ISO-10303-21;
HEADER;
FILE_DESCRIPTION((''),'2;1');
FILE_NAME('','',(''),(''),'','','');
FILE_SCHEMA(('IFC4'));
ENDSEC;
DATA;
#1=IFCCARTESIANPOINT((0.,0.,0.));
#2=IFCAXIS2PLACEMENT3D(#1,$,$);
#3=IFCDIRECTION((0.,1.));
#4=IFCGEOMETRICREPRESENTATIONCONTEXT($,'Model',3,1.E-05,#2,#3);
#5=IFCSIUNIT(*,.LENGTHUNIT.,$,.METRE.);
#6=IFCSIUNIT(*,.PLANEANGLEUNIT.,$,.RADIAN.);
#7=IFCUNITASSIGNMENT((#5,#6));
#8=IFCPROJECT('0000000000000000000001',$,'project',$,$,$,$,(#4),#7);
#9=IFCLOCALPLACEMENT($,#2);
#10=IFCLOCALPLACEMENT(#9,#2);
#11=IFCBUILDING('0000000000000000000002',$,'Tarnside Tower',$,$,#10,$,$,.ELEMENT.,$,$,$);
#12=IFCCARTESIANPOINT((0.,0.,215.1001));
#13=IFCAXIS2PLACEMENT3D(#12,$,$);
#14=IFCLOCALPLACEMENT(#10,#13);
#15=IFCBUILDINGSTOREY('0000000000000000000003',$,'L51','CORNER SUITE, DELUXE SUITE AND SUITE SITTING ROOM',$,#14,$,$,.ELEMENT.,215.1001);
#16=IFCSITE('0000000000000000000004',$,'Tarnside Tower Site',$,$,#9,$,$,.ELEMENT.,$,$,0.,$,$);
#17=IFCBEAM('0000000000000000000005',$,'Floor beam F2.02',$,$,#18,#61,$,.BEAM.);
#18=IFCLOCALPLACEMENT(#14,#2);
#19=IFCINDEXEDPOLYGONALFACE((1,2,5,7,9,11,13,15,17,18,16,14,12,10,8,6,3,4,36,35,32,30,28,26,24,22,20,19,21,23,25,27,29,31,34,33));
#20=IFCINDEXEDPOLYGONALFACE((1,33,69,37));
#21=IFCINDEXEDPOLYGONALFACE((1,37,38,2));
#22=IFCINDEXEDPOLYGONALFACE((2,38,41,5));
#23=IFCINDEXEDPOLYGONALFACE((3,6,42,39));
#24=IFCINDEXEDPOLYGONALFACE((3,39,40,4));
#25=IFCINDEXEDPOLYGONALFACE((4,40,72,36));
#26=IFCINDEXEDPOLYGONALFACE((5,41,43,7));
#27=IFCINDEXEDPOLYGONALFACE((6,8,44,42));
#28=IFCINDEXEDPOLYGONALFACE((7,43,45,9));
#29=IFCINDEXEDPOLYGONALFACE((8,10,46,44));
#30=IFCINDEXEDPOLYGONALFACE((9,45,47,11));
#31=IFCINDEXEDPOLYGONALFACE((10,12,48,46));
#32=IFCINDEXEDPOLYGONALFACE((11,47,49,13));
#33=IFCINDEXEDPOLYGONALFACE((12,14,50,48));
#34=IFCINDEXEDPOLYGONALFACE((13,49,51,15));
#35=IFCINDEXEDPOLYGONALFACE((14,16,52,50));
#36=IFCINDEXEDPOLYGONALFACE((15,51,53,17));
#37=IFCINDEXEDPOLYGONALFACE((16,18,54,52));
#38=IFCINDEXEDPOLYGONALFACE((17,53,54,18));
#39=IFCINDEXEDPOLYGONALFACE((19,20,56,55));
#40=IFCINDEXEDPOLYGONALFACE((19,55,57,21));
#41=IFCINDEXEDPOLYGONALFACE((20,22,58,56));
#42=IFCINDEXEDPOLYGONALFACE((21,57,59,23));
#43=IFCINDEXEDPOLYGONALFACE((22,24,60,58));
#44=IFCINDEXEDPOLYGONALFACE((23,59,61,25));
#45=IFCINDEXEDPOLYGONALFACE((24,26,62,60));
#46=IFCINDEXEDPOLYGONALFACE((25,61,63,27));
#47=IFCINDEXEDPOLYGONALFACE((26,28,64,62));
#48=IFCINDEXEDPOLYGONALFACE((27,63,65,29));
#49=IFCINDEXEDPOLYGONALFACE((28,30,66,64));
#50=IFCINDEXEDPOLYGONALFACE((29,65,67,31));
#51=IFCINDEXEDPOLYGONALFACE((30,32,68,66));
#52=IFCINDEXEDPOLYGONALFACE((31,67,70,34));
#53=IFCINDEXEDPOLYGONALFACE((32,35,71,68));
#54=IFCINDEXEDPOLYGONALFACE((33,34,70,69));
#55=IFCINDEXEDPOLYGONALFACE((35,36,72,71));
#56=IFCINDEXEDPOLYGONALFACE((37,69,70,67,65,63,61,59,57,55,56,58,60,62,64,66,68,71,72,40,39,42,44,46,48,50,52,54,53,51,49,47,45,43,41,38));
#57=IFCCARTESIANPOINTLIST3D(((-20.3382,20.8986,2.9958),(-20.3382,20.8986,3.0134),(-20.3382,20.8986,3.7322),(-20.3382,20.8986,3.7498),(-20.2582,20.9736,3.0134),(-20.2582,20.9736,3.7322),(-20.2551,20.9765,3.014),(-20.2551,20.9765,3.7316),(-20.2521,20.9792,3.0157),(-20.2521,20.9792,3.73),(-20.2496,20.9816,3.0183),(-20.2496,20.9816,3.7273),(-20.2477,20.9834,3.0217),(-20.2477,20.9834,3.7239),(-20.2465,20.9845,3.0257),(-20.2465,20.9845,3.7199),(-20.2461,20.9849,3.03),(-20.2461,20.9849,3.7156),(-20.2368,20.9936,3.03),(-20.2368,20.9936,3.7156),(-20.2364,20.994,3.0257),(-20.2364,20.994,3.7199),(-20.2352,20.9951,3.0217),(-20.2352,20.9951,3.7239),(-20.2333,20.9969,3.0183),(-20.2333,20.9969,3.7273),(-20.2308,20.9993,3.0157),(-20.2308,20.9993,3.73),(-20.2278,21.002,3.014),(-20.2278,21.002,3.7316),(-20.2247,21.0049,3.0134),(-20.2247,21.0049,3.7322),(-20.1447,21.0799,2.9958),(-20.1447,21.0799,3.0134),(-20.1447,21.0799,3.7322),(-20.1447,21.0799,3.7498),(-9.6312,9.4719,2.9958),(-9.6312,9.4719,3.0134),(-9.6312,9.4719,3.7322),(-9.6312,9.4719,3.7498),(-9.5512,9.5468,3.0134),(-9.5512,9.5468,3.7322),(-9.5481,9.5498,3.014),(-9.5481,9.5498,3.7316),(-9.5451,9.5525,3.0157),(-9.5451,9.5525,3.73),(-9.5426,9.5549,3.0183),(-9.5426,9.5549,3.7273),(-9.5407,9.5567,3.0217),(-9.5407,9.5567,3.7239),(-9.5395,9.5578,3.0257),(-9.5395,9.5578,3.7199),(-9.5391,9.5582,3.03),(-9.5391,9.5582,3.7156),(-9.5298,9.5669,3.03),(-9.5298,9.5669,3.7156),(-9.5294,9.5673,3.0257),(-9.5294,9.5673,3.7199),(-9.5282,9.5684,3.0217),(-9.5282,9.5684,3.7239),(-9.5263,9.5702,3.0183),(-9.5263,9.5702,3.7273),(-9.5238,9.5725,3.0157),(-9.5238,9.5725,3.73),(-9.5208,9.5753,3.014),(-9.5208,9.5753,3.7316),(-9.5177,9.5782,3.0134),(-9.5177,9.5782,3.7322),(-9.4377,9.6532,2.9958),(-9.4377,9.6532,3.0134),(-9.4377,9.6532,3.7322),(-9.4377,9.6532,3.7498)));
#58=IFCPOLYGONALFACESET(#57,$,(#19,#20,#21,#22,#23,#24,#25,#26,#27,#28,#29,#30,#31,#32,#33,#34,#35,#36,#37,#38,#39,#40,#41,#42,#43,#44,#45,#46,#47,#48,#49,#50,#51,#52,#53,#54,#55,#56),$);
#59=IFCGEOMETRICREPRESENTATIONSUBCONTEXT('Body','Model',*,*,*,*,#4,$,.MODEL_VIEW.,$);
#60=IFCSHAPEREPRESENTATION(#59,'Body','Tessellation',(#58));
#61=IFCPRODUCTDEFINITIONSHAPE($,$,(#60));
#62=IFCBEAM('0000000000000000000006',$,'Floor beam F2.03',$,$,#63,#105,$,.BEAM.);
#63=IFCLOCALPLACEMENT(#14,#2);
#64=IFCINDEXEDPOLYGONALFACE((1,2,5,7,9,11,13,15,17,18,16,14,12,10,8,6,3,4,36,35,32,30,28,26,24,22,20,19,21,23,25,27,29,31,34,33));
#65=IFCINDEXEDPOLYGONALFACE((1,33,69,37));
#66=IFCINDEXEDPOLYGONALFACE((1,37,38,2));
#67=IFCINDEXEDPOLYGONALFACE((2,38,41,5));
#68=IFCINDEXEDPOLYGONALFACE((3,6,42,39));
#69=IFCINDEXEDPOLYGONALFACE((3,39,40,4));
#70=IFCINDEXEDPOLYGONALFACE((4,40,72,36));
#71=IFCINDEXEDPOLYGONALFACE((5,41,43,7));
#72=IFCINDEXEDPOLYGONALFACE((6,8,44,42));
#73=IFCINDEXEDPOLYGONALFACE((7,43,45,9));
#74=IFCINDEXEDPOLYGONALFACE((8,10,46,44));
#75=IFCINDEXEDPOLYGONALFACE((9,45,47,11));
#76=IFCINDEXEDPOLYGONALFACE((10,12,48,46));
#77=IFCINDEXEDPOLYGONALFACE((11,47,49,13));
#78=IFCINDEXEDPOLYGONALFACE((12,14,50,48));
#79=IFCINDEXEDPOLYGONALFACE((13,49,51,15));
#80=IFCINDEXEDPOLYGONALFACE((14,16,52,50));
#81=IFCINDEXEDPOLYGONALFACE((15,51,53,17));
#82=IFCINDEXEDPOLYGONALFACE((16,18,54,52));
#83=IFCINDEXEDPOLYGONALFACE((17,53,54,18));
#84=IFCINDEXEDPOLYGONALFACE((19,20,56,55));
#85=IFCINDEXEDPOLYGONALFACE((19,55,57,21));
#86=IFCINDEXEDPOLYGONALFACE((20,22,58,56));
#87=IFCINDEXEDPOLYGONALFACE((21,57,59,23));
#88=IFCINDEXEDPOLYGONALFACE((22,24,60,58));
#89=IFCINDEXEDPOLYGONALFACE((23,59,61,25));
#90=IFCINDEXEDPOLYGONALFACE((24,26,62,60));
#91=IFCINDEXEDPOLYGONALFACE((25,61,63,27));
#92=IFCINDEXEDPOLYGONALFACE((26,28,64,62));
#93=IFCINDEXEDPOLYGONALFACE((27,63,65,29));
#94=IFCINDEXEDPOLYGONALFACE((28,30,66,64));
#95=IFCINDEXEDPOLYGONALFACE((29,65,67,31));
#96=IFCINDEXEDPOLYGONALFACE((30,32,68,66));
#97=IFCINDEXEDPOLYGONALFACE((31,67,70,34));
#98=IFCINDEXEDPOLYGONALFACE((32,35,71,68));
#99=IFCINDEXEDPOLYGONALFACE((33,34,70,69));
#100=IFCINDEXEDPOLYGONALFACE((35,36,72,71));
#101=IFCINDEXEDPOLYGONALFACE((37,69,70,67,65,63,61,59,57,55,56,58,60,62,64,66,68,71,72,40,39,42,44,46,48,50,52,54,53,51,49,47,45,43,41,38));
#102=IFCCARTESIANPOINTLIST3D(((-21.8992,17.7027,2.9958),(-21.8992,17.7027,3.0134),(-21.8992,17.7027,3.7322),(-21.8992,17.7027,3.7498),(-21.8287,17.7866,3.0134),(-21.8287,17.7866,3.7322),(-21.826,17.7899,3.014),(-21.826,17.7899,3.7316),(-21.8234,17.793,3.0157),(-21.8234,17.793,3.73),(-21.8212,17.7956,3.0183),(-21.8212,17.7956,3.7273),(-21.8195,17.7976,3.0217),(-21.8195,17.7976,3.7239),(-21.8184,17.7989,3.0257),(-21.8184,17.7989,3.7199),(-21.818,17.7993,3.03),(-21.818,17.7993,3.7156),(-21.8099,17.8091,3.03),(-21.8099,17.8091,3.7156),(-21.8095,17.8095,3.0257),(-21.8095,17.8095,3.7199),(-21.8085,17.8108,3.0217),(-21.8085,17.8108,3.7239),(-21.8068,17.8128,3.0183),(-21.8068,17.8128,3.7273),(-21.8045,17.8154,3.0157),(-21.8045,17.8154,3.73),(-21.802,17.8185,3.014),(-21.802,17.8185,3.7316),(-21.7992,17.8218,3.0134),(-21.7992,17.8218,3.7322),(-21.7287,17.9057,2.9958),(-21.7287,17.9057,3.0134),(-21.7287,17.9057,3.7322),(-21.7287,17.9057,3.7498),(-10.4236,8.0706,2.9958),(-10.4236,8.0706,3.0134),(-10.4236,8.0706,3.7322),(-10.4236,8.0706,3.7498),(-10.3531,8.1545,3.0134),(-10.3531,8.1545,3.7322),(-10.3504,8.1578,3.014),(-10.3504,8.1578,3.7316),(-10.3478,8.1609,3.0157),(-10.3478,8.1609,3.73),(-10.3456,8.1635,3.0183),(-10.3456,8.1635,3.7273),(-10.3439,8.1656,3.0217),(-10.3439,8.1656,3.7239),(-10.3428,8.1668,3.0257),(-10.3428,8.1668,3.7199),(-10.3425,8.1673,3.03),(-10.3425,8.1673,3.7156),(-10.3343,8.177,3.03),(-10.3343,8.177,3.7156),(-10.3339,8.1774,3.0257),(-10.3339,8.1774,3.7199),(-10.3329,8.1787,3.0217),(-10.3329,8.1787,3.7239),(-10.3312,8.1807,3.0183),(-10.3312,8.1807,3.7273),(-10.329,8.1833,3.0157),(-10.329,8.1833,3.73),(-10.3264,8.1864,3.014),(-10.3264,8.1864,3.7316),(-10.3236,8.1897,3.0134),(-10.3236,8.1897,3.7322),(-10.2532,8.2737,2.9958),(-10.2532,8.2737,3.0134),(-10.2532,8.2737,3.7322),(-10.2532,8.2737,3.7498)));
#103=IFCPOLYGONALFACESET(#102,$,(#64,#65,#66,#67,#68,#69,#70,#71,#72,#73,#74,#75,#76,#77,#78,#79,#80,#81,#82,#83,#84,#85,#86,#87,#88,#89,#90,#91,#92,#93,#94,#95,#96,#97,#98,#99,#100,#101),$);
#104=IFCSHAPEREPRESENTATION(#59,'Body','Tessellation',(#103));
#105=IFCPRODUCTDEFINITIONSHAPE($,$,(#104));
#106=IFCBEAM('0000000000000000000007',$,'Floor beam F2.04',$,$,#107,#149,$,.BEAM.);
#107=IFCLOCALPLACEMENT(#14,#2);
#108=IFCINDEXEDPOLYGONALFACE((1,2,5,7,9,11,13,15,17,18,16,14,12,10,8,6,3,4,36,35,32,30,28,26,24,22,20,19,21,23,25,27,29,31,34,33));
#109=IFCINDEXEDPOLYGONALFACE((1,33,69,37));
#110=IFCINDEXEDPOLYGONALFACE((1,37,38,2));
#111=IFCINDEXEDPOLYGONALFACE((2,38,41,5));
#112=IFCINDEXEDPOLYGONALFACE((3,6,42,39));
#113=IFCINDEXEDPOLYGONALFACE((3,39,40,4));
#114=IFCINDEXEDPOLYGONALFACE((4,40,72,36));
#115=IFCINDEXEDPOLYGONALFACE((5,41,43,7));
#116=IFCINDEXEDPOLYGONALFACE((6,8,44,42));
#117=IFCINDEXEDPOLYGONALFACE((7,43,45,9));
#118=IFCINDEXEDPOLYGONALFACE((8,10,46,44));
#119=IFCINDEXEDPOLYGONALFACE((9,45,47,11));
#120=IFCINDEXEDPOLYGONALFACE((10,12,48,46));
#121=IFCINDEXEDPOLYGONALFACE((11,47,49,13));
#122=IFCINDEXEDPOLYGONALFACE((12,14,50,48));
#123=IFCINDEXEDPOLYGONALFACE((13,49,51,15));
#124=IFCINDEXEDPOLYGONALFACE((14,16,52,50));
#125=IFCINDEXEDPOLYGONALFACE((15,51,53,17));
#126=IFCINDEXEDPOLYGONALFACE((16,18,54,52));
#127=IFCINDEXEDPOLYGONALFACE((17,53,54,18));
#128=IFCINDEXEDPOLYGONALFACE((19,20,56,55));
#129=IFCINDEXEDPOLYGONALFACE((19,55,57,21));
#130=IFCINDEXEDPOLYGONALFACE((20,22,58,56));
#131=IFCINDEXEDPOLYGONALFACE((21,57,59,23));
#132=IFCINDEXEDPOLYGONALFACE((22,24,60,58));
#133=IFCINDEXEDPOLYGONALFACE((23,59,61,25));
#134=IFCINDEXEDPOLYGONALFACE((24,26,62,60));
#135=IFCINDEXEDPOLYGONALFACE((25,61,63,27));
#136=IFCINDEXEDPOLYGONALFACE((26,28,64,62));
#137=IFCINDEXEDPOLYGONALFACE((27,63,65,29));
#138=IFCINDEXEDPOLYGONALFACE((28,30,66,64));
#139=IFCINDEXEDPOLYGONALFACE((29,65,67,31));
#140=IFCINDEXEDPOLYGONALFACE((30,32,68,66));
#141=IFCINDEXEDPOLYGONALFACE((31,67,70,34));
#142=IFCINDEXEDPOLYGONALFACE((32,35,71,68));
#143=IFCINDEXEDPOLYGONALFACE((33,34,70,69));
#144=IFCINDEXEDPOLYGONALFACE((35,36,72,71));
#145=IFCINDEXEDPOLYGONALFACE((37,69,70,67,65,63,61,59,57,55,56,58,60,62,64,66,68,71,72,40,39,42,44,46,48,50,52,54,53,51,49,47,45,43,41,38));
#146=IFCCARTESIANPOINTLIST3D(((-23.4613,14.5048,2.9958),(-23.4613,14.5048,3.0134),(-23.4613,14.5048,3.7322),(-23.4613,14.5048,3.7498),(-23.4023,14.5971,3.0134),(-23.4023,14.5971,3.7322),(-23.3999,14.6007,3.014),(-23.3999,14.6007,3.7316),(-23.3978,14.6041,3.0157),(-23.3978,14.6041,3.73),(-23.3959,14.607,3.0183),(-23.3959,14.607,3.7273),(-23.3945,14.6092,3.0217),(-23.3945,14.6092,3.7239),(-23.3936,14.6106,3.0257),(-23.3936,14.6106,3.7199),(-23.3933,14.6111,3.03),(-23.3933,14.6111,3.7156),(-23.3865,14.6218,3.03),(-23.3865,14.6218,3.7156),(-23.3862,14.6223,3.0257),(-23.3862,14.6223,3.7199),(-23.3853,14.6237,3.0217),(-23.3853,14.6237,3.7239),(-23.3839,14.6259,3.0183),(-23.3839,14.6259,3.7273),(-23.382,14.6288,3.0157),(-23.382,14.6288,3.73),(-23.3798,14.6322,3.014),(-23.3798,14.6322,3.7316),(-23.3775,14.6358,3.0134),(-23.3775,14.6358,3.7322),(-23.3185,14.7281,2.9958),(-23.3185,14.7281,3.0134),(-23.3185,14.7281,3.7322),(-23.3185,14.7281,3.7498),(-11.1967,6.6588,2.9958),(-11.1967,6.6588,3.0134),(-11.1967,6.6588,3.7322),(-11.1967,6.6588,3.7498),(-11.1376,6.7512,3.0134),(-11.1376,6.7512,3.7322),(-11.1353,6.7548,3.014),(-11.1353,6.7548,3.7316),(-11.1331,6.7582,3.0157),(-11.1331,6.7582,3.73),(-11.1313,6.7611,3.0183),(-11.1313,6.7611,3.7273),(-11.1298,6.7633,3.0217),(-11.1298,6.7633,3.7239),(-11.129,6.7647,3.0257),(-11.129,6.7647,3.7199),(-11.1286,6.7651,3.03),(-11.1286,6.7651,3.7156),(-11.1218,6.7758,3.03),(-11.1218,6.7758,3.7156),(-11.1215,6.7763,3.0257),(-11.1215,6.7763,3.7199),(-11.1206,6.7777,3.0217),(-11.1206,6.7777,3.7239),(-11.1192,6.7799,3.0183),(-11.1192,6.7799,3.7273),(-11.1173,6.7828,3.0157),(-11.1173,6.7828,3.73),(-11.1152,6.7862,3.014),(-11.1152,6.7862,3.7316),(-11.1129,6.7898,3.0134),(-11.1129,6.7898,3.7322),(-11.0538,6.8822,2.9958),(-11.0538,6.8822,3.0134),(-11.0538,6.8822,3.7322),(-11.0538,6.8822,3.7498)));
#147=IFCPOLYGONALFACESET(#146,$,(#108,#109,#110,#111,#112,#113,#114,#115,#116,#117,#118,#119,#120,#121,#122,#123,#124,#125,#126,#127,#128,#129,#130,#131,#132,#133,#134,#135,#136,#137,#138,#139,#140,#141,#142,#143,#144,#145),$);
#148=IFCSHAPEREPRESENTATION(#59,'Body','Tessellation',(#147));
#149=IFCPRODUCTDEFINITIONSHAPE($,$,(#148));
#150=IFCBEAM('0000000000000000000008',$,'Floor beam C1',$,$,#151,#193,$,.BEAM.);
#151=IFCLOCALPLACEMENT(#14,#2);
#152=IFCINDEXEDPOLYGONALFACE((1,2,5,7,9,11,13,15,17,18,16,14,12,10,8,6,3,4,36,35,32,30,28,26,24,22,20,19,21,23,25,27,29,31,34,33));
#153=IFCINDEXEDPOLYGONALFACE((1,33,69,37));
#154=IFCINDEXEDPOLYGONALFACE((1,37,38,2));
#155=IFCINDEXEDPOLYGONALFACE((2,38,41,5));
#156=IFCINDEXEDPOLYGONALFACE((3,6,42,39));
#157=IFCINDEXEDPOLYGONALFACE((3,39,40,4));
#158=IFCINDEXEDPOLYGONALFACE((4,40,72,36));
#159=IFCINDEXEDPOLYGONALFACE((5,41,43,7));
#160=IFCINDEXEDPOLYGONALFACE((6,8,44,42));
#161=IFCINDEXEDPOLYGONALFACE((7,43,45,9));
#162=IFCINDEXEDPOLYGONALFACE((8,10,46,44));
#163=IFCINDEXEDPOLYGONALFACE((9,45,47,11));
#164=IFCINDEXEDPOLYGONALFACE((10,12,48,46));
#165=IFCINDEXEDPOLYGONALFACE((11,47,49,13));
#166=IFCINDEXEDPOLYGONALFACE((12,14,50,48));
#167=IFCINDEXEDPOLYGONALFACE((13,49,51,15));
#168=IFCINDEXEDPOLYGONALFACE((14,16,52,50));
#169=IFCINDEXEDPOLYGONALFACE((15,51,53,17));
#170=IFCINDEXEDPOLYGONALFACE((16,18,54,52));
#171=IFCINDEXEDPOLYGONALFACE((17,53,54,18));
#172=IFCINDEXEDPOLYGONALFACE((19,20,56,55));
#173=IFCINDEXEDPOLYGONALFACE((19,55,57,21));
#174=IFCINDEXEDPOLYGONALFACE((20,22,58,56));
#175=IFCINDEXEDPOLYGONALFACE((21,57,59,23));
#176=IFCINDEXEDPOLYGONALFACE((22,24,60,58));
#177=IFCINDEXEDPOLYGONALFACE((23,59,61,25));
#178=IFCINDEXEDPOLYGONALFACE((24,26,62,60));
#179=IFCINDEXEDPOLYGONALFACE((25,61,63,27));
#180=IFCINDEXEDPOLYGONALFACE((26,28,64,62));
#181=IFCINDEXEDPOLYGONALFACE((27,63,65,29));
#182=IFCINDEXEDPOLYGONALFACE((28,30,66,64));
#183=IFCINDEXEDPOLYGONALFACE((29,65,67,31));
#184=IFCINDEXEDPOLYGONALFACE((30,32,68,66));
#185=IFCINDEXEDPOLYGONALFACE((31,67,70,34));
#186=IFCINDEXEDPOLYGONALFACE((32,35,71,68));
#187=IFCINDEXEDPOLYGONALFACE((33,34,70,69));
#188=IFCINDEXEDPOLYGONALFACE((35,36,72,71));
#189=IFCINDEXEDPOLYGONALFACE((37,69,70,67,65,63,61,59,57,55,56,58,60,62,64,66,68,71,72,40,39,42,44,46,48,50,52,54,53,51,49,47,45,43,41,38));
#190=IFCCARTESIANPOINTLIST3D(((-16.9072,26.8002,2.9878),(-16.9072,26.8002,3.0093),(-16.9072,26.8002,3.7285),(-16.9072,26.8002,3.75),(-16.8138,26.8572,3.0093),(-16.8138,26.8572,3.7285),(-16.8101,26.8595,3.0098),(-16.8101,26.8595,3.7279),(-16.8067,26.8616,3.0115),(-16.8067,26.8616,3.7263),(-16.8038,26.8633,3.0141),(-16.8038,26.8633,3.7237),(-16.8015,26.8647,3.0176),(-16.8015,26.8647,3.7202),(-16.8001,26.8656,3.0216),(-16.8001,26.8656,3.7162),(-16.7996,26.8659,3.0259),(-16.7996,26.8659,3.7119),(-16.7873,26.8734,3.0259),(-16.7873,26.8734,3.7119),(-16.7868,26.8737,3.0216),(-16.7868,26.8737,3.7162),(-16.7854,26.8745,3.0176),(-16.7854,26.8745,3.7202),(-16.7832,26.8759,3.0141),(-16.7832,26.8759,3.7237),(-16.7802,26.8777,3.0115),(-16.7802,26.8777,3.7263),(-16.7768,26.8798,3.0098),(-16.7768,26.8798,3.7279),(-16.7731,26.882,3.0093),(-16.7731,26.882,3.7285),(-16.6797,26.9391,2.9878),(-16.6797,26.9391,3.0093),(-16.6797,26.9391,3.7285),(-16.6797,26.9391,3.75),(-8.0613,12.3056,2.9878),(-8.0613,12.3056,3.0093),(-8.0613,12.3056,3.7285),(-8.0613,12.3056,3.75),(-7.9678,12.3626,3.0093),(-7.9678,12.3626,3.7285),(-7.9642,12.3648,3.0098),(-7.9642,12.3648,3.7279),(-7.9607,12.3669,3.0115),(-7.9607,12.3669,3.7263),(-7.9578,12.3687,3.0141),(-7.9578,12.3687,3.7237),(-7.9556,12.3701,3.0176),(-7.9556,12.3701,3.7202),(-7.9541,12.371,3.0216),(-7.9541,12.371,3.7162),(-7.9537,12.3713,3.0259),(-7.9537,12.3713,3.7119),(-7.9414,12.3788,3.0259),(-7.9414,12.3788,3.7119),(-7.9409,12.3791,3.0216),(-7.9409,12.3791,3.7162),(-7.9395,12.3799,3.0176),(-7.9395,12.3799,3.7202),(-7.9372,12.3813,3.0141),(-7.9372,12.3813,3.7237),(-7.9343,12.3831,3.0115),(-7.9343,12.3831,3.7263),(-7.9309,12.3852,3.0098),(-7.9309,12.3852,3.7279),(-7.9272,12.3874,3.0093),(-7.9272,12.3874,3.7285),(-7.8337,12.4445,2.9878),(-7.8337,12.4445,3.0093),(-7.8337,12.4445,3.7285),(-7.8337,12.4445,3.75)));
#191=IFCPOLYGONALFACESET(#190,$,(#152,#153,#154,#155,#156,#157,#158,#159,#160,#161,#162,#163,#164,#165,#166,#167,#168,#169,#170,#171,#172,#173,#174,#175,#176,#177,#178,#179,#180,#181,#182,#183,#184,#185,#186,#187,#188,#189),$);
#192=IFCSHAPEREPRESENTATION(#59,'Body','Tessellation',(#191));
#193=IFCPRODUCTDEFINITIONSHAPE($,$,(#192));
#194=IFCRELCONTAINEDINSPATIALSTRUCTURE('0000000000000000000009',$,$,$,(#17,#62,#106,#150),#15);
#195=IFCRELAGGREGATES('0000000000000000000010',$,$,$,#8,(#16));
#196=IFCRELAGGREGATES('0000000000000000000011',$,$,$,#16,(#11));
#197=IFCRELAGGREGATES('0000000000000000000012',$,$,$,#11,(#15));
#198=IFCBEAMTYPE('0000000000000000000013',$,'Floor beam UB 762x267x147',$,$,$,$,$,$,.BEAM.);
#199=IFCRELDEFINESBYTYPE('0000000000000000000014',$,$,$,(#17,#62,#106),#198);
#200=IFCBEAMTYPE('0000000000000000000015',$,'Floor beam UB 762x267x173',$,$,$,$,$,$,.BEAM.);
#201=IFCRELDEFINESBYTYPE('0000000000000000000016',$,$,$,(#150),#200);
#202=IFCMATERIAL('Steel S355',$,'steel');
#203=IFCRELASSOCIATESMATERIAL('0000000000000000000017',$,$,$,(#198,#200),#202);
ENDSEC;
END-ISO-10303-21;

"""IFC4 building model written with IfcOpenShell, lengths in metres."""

from ifc_helpers import new_model, si_unit, direction, frame, origin, origin_2d, place, context, subcontext, project, spatial, i_section, extrude, material, material_profile, profile_set, type_object, element, save


model = new_model("IFC4")

# Units and contexts
model_context = context("Model", 3, precision=1e-05, world=origin(), true_north=direction((0.0, 1.0)))
body_context = subcontext(model_context, "Body", "Model", "MODEL_VIEW")
ifc_project = project(units=[si_unit("LENGTHUNIT", "METRE"), si_unit("PLANEANGLEUNIT", "RADIAN")], contexts=[model_context])

# Site, building, storey
site_placement = place(None, origin())
site = spatial("IfcSite", under=ifc_project, at=site_placement, Name="Tarnside Tower Site", CompositionType="ELEMENT", RefElevation=0.0)
building_placement = place(site_placement, origin())
building = spatial("IfcBuilding", under=site, at=building_placement, Name="Tarnside Tower", CompositionType="ELEMENT")
storey_placement = place(building_placement, frame((0.0, 0.0, 215.1001)))
storey = spatial("IfcBuildingStorey", under=building, at=storey_placement, Name="L51", Description="CORNER SUITE, DELUXE SUITE AND SUITE SITTING ROOM", CompositionType="ELEMENT", Elevation=215.1001)

# Beams
ifc_material_1 = material(Name="Steel S355", Category="steel")
ifc_material_profile_1 = material_profile(ifc_material_1, i_section(OverallWidth=0.2651, OverallDepth=0.7539, WebThickness=0.0127, FlangeThickness=0.0176, FilletRadius=0.0166, at=origin_2d()), Name="UB 762x267x147")
ifc_profile_set_1 = profile_set([ifc_material_profile_1], Name="Steel S355")
beam_type_1 = type_object("IfcBeamType", Name="Floor beam UB 762x267x147", PredefinedType="BEAM", material=ifc_profile_set_1)
beam_1_placement = place(storey_placement, frame((-20.2415, 20.9893, 3.3728), z_axis=(0.683752, -0.729714, 0.0), x_axis=(0.729714, 0.683752, 0.0)))
element("IfcBeam", 1, at=beam_1_placement, inside=storey, type_object=beam_type_1, Name="Floor beam F2.02", PredefinedType="BEAM", context=body_context, shape_type="SweptSolid", body=[
    extrude(i_section(OverallWidth=0.2651, OverallDepth=0.7539, WebThickness=0.0127, FlangeThickness=0.0176, FilletRadius=0.0166, at=origin_2d()), origin(), (0.0, 0.0, 1.0), 15.6592),
])
beam_2_placement = place(storey_placement, frame((-21.814, 17.8042, 3.3728), z_axis=(0.765948, -0.642902, 0.0), x_axis=(0.642902, 0.765948, 0.0)))
element("IfcBeam", 2, at=beam_2_placement, inside=storey, type_object=beam_type_1, Name="Floor beam F2.03", PredefinedType="BEAM", context=body_context, shape_type="SweptSolid", body=[
    extrude(i_section(OverallWidth=0.2651, OverallDepth=0.7539, WebThickness=0.0127, FlangeThickness=0.0176, FilletRadius=0.0166, at=origin_2d()), origin(), (0.0, 0.0, 1.0), 14.9822),
])
beam_3_placement = place(storey_placement, frame((-23.3899, 14.6165, 3.3728), z_axis=(0.842378, -0.538887, 0.0), x_axis=(0.538887, 0.842378, 0.0)))
element("IfcBeam", 3, at=beam_3_placement, inside=storey, type_object=beam_type_1, Name="Floor beam F2.04", PredefinedType="BEAM", context=body_context, shape_type="SweptSolid", body=[
    extrude(i_section(OverallWidth=0.2651, OverallDepth=0.7539, WebThickness=0.0127, FlangeThickness=0.0176, FilletRadius=0.0166, at=origin_2d()), origin(), (0.0, 0.0, 1.0), 14.5596),
])
ifc_material_profile_2 = material_profile(ifc_material_1, i_section(OverallWidth=0.2666, OverallDepth=0.7622, WebThickness=0.0144, FlangeThickness=0.0215, FilletRadius=0.0166, at=origin_2d()), Name="UB 762x267x173")
ifc_profile_set_2 = profile_set([ifc_material_profile_2], Name="Steel S355")
beam_type_2 = type_object("IfcBeamType", Name="Floor beam UB 762x267x173", PredefinedType="BEAM", material=ifc_profile_set_2)
beam_4_placement = place(storey_placement, frame((-16.7935, 26.8696, 3.3689), z_axis=(0.52094, -0.853593, 0.0), x_axis=(0.853593, 0.52094, 0.0)))
element("IfcBeam", 4, at=beam_4_placement, inside=storey, type_object=beam_type_2, Name="Floor beam C1", PredefinedType="BEAM", context=body_context, shape_type="SweptSolid", body=[
    extrude(i_section(OverallWidth=0.2666, OverallDepth=0.7622, WebThickness=0.0144, FlangeThickness=0.0215, FilletRadius=0.0166, at=origin_2d()), origin(), (0.0, 0.0, 1.0), 16.9807),
])

save(model, "model.ifc")
